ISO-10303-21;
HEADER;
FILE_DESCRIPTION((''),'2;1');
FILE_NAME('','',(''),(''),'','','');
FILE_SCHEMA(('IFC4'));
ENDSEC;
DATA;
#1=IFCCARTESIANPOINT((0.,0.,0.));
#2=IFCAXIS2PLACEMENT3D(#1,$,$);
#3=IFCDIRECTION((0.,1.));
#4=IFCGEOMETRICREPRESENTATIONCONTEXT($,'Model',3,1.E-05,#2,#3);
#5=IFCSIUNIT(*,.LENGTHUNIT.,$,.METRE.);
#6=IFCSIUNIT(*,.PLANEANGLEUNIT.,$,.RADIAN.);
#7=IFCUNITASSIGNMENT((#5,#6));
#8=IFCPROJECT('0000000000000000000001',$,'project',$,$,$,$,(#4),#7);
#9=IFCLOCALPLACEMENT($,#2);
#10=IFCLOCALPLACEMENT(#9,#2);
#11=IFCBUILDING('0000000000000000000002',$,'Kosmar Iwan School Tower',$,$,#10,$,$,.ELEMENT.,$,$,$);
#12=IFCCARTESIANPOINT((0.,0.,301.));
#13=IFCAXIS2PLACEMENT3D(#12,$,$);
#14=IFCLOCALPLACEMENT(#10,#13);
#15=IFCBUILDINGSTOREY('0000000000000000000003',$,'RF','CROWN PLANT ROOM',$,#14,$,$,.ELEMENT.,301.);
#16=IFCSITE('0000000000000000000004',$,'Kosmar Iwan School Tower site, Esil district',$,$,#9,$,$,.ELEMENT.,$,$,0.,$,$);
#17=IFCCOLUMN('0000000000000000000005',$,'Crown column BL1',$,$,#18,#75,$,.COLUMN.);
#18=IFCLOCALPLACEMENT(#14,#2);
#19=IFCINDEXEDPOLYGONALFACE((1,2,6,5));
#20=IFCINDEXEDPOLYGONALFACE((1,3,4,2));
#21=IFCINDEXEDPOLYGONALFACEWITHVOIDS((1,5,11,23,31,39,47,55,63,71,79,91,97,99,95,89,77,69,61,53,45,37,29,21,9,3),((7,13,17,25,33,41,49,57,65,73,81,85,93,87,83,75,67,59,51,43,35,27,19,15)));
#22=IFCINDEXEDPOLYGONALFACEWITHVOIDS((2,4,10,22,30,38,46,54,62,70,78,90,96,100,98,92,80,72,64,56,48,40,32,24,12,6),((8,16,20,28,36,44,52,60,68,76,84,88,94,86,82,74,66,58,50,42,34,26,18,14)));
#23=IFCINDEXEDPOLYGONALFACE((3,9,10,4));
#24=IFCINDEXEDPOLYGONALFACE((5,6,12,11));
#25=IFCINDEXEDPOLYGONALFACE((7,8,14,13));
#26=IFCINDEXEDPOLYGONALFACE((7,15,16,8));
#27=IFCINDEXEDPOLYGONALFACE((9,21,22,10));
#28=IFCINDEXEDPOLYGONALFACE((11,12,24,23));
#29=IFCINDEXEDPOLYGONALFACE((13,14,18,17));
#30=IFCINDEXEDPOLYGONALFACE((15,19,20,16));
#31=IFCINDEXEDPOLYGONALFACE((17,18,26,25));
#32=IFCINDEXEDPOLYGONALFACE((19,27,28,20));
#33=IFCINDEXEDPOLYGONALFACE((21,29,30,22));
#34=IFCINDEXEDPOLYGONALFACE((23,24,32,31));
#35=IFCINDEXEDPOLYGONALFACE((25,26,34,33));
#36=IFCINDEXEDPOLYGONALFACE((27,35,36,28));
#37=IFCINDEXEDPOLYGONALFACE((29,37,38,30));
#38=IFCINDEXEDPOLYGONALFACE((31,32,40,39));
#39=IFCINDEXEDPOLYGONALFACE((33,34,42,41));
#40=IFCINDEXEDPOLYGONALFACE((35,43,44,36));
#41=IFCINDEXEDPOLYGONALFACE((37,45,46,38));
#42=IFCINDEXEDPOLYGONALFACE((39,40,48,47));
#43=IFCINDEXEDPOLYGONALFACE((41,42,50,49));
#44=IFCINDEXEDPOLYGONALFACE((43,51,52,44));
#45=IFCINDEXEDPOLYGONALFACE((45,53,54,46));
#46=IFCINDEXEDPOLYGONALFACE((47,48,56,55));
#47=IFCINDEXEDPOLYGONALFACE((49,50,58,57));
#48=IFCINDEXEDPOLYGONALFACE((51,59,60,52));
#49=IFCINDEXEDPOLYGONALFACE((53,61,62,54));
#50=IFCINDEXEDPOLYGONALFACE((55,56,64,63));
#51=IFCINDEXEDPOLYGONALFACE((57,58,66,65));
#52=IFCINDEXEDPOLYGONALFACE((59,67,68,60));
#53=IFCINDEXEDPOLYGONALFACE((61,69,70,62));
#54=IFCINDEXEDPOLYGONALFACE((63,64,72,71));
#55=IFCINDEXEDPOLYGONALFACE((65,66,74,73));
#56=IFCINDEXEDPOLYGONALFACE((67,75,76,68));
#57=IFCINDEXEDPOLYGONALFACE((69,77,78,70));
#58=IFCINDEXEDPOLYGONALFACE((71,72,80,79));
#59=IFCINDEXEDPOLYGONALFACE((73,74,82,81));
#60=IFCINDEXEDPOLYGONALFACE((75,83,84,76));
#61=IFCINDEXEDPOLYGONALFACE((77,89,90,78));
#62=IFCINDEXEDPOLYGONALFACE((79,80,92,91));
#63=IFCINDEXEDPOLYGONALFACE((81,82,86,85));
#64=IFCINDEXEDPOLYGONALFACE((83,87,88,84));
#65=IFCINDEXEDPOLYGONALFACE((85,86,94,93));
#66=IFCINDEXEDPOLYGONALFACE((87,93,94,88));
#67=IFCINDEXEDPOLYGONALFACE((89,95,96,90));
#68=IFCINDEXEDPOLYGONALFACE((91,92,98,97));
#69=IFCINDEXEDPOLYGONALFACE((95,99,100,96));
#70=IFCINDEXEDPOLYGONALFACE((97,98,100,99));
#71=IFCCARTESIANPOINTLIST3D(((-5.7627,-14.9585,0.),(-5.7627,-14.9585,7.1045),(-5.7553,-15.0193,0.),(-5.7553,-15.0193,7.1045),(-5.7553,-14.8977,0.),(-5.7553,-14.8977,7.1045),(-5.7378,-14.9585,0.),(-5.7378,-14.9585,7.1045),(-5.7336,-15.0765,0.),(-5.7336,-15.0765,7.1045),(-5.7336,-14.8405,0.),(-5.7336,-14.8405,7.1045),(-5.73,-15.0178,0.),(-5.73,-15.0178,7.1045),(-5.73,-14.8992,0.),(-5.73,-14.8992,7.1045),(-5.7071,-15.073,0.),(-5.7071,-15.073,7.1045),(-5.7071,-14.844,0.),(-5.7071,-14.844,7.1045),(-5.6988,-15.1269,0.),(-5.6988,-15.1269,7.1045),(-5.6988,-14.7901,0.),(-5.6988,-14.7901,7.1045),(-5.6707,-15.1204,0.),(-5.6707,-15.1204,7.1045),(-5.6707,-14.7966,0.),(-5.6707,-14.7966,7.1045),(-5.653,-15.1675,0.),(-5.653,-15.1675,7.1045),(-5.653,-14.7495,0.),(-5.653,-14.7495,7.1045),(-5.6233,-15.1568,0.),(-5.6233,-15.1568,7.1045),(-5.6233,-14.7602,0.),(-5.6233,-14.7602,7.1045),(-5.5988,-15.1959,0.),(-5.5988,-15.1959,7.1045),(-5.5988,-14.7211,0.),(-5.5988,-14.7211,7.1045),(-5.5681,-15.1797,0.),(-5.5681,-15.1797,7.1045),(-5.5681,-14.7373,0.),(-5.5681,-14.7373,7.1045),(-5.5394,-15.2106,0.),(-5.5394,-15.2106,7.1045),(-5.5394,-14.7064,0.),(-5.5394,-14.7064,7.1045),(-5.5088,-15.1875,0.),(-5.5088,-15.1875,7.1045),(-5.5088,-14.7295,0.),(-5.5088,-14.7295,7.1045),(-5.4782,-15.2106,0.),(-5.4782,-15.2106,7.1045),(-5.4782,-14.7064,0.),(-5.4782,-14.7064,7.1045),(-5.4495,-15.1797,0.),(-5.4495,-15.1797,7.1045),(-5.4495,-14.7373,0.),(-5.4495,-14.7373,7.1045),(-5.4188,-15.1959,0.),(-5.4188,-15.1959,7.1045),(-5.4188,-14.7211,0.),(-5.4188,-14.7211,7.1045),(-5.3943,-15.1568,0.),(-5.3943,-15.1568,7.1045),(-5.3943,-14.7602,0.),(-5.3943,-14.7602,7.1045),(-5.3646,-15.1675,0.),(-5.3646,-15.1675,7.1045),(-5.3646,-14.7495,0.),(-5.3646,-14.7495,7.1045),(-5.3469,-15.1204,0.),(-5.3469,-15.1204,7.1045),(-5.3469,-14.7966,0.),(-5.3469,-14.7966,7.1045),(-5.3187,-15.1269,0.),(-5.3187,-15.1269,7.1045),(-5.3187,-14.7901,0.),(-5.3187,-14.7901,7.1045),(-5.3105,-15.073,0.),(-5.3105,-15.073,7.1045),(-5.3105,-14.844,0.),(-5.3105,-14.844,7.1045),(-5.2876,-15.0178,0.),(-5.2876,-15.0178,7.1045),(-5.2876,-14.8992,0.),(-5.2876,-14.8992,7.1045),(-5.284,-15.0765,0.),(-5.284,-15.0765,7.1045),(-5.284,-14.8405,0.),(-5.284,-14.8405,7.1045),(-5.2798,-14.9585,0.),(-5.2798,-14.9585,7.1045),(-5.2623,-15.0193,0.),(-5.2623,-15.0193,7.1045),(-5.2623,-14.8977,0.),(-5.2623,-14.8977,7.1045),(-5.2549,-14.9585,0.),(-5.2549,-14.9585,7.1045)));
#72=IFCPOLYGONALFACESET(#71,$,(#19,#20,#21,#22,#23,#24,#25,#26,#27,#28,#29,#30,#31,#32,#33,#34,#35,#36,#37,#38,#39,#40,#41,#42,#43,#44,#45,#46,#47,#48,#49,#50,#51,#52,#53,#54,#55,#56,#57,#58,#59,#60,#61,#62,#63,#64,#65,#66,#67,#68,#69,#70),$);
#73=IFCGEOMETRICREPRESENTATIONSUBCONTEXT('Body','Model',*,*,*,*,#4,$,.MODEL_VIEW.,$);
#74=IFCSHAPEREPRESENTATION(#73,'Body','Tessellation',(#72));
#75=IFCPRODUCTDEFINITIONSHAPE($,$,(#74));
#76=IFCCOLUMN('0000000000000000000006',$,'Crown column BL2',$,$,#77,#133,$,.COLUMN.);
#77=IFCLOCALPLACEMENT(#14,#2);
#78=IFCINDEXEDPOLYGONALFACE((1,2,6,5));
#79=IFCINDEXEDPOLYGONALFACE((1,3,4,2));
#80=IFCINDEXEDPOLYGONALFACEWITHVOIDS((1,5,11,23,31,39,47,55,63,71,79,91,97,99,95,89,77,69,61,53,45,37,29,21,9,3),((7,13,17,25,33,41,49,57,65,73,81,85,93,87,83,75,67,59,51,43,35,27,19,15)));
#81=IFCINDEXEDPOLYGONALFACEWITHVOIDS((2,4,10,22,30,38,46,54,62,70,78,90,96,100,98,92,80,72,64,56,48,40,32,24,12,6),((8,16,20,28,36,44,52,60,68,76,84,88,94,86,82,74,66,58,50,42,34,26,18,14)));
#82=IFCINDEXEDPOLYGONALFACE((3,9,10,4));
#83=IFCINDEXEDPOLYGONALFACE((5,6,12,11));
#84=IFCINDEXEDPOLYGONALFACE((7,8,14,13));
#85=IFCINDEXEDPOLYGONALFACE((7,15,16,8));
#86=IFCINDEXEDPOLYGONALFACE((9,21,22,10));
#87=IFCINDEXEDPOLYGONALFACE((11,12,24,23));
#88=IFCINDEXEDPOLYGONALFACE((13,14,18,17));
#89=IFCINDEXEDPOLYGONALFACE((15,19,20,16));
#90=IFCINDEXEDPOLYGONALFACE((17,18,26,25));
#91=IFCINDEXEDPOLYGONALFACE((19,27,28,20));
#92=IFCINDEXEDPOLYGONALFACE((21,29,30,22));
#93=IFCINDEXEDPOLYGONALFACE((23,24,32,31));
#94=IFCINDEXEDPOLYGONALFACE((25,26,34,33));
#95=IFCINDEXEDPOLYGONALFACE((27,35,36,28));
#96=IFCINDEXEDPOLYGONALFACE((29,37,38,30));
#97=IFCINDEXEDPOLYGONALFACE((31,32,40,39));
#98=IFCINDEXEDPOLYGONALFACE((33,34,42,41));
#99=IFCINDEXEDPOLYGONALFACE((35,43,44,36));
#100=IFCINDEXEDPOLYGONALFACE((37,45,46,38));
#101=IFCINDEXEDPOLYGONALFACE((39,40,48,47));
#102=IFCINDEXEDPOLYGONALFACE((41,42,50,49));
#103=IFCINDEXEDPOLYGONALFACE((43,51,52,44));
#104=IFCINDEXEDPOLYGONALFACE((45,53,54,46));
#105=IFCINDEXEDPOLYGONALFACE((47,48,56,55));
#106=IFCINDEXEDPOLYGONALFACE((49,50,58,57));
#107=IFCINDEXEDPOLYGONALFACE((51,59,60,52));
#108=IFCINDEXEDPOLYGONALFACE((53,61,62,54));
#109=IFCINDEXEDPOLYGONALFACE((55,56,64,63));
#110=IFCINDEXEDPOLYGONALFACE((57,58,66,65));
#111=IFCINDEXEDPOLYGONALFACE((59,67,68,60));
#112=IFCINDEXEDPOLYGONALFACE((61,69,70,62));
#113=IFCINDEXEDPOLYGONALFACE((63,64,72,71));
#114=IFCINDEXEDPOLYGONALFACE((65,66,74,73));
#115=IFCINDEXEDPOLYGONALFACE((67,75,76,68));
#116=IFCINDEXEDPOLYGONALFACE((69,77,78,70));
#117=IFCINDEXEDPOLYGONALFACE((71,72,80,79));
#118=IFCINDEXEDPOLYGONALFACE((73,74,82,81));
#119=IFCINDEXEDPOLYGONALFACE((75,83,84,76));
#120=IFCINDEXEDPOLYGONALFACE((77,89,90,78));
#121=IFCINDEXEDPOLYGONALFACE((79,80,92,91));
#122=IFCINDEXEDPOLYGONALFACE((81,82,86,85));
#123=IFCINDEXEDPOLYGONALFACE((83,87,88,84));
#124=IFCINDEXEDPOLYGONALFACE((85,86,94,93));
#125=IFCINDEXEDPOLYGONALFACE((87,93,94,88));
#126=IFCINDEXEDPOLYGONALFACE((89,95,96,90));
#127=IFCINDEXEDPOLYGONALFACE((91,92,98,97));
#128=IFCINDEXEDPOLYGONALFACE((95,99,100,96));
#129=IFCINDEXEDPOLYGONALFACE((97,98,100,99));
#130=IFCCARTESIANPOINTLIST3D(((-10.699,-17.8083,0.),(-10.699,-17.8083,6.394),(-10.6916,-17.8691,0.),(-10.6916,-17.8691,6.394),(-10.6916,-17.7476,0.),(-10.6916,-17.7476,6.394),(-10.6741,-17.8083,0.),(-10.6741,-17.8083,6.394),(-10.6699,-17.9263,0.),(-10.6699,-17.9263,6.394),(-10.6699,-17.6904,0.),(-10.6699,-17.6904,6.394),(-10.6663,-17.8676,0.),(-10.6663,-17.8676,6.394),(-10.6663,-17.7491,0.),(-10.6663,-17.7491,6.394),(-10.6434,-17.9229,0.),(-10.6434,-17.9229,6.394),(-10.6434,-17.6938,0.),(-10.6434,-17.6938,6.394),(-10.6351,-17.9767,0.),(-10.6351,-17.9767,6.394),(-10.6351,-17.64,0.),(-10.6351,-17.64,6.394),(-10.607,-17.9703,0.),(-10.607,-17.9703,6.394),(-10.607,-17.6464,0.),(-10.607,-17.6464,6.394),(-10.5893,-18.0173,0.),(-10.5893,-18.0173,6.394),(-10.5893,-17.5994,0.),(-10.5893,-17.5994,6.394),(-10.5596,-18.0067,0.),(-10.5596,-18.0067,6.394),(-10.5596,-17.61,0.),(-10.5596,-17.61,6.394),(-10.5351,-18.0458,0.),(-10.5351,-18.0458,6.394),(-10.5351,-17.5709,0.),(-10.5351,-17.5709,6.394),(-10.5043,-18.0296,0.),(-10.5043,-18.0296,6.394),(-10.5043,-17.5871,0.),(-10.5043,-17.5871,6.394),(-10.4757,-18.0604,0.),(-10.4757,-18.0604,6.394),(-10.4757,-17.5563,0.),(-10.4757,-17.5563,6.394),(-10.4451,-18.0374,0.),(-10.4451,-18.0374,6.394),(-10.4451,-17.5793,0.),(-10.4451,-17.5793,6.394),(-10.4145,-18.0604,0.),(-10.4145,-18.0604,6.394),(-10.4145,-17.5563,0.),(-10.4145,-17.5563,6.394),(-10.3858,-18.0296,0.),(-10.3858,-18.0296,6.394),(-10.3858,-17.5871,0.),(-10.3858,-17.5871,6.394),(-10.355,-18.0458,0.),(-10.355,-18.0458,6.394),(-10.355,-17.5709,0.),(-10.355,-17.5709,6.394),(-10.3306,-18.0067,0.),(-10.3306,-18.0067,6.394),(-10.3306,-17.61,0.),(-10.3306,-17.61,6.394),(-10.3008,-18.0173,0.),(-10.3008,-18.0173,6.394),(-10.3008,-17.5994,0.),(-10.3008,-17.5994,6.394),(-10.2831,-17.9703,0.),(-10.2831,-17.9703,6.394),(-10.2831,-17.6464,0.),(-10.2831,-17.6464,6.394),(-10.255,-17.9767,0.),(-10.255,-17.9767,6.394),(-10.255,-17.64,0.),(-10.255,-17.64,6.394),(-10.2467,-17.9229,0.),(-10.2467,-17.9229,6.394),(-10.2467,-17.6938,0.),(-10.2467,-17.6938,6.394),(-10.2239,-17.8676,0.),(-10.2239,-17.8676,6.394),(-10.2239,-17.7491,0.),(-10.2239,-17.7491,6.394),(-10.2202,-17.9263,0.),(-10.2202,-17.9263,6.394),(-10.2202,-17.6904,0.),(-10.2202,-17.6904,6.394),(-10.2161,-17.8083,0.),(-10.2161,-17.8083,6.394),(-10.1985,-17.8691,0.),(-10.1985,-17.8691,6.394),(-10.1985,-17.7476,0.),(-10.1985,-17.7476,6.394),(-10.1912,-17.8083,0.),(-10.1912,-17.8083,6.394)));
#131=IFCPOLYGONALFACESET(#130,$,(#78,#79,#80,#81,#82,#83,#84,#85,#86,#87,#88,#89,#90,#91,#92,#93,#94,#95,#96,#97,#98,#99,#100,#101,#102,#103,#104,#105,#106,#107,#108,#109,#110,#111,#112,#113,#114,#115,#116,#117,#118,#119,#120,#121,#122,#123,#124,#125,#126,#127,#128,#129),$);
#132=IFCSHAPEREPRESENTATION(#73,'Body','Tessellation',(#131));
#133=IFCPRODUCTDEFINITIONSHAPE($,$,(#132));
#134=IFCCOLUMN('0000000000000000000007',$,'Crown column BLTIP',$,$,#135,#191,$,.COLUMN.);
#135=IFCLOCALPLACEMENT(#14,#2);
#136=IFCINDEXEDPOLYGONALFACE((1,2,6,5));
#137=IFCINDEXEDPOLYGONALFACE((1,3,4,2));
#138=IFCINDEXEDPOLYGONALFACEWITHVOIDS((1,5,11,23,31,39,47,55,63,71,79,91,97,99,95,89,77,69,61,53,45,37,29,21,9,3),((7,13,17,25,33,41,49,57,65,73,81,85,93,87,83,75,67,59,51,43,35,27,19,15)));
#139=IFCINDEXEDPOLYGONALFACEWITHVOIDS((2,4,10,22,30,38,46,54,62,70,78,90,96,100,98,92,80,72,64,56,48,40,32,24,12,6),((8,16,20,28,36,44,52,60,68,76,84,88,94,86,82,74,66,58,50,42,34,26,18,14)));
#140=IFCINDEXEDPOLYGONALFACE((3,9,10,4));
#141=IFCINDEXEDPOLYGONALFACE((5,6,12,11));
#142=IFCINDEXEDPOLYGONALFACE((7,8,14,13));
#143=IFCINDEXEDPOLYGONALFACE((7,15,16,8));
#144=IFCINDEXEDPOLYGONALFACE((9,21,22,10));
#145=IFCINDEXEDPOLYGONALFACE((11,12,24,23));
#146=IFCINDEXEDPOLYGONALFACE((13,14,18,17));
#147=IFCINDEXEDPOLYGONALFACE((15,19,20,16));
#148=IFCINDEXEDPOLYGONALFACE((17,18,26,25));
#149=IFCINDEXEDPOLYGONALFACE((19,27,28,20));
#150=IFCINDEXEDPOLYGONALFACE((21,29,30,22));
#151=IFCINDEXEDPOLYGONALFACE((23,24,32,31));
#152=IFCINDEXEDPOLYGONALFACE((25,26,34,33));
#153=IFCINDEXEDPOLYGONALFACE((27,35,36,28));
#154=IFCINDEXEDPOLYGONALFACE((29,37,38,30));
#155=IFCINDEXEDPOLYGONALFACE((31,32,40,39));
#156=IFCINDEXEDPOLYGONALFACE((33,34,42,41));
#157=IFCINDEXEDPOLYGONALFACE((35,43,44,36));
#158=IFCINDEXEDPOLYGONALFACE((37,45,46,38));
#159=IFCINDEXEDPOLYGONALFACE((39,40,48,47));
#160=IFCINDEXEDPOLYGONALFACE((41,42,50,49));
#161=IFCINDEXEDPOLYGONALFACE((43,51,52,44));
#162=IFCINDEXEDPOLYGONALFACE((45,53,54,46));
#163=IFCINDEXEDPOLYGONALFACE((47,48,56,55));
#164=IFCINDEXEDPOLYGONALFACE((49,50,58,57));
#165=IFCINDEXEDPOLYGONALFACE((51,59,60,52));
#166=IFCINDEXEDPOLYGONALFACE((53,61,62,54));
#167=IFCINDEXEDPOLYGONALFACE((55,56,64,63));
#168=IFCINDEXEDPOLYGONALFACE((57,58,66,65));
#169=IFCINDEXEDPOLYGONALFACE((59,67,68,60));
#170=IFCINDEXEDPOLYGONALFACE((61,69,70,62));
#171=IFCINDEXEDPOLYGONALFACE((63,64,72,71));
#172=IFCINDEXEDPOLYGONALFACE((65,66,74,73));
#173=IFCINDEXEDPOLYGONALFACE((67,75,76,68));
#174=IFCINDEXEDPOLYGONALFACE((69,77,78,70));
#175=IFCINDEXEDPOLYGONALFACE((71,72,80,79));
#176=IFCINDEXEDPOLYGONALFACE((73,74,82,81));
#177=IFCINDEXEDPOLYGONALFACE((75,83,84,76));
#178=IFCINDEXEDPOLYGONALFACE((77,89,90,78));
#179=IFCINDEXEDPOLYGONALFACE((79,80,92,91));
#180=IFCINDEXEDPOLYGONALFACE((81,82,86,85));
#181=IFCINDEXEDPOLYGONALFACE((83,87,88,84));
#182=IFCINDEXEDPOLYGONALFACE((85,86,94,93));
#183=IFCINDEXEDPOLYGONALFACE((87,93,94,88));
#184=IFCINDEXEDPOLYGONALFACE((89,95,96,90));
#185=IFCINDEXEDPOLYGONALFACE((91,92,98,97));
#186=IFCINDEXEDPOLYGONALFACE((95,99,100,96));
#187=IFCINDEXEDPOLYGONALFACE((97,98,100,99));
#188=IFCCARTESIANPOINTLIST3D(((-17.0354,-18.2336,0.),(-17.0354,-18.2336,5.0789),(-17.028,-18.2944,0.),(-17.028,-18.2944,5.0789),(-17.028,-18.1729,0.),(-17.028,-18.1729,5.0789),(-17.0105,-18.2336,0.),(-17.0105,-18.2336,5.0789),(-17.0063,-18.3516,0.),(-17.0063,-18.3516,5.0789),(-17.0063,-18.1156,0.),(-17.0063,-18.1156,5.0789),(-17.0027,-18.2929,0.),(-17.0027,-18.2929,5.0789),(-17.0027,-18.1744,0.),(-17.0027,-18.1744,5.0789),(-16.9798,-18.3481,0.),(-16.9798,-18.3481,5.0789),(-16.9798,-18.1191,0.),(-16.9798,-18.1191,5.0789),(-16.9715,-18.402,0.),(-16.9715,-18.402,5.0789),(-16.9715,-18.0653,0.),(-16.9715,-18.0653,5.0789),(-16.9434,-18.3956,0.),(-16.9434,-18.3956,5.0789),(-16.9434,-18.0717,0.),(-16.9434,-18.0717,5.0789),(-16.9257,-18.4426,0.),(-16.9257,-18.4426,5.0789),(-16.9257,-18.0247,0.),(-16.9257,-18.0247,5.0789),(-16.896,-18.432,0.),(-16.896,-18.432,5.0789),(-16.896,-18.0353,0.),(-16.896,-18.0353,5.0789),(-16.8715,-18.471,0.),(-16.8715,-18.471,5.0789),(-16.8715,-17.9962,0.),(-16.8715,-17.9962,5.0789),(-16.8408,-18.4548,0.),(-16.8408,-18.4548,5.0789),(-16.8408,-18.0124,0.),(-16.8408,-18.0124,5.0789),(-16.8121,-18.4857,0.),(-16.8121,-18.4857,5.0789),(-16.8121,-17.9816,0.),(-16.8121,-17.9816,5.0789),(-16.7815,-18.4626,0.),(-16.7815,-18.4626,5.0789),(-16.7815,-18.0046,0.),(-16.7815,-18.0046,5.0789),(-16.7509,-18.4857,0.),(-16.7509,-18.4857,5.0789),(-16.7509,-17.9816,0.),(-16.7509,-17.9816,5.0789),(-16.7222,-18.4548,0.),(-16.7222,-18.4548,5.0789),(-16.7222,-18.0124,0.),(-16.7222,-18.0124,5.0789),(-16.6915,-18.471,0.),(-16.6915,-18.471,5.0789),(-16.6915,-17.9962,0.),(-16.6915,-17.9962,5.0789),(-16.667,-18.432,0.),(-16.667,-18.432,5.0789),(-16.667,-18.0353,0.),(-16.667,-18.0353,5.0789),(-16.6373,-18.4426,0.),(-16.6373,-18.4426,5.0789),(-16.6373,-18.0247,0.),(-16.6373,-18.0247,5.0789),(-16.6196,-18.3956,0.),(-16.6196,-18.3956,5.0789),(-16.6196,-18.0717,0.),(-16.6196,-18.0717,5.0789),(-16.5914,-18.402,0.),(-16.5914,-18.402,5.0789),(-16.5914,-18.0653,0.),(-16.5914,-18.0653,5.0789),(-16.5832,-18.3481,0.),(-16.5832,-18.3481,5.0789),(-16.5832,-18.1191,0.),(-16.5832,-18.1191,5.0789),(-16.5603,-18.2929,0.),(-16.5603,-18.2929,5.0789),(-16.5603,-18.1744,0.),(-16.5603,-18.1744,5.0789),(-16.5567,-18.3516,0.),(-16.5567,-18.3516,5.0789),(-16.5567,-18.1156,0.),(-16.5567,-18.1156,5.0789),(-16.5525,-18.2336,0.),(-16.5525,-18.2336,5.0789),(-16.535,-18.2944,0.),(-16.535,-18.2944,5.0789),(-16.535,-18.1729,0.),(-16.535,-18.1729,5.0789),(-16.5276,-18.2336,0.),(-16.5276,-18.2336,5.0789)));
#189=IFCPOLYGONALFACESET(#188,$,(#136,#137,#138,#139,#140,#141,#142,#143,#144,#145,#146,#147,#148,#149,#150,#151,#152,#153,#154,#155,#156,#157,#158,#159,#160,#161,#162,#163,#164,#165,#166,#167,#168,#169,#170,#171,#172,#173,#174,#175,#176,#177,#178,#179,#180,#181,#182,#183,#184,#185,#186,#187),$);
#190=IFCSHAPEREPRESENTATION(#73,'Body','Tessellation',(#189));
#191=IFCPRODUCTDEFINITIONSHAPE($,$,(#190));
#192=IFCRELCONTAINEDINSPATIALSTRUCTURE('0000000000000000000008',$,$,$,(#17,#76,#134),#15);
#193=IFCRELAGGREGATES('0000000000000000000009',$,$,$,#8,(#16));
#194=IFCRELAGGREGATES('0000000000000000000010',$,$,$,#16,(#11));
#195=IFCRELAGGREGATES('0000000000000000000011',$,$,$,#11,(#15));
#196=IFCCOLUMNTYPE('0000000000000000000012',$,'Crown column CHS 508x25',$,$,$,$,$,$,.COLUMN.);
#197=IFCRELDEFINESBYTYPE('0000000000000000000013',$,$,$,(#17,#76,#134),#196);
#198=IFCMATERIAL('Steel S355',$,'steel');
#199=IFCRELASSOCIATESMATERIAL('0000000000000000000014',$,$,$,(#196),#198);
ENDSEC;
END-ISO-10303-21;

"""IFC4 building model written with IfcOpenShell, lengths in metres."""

from ifc_helpers import new_model, si_unit, direction, frame, origin, origin_2d, place, context, subcontext, project, spatial, hollow_circle, extrude, material, material_profile, profile_set, type_object, element, save


model = new_model("IFC4")

# Units and contexts
model_context = context("Model", 3, precision=1e-05, world=origin(), true_north=direction((0.0, 1.0)))
body_context = subcontext(model_context, "Body", "Model", "MODEL_VIEW")
ifc_project = project(units=[si_unit("LENGTHUNIT", "METRE"), si_unit("PLANEANGLEUNIT", "RADIAN")], contexts=[model_context])

# Site, building, storey
site_placement = place(None, origin())
site = spatial("IfcSite", under=ifc_project, at=site_placement, Name="Kosmar Iwan School Tower site, Esil district", CompositionType="ELEMENT", RefElevation=0.0)
building_placement = place(site_placement, origin())
building = spatial("IfcBuilding", under=site, at=building_placement, Name="Kosmar Iwan School Tower", CompositionType="ELEMENT")
storey_placement = place(building_placement, frame((0.0, 0.0, 301.0)))
storey = spatial("IfcBuildingStorey", under=building, at=storey_placement, Name="RF", Description="CROWN PLANT ROOM", CompositionType="ELEMENT", Elevation=301.0)

# Columns
ifc_material_1 = material(Name="Steel S355", Category="steel")
ifc_material_profile_1 = material_profile(ifc_material_1, hollow_circle(Radius=0.2539, WallThickness=0.0249, at=origin_2d()), Name="CHS 508x25")
ifc_profile_set_1 = profile_set([ifc_material_profile_1], Name="Steel S355")
column_type = type_object("IfcColumnType", Name="Crown column CHS 508x25", PredefinedType="COLUMN", material=ifc_profile_set_1)
column_1_placement = place(storey_placement, frame((-5.5088, -14.9585, 0.0), z_axis=(0.0, 0.0, 1.0), x_axis=(1.0, 0.0, 0.0)))
element("IfcColumn", 1, at=column_1_placement, inside=storey, type_object=column_type, Name="Crown column BL1", PredefinedType="COLUMN", context=body_context, shape_type="SweptSolid", body=[
    extrude(hollow_circle(Radius=0.2539, WallThickness=0.0249, at=origin_2d()), origin(), (0.0, 0.0, 1.0), 7.1045),
])
column_2_placement = place(storey_placement, frame((-10.4451, -17.8083, 0.0), z_axis=(0.0, 0.0, 1.0), x_axis=(1.0, 0.0, 0.0)))
element("IfcColumn", 2, at=column_2_placement, inside=storey, type_object=column_type, Name="Crown column BL2", PredefinedType="COLUMN", context=body_context, shape_type="SweptSolid", body=[
    extrude(hollow_circle(Radius=0.2539, WallThickness=0.0249, at=origin_2d()), origin(), (0.0, 0.0, 1.0), 6.394),
])
column_3_placement = place(storey_placement, frame((-16.7815, -18.2336, 0.0), z_axis=(0.0, 0.0, 1.0), x_axis=(1.0, 0.0, 0.0)))
element("IfcColumn", 3, at=column_3_placement, inside=storey, type_object=column_type, Name="Crown column BLTIP", PredefinedType="COLUMN", context=body_context, shape_type="SweptSolid", body=[
    extrude(hollow_circle(Radius=0.2539, WallThickness=0.0249, at=origin_2d()), origin(), (0.0, 0.0, 1.0), 5.0789),
])

save(model, "model.ifc")
